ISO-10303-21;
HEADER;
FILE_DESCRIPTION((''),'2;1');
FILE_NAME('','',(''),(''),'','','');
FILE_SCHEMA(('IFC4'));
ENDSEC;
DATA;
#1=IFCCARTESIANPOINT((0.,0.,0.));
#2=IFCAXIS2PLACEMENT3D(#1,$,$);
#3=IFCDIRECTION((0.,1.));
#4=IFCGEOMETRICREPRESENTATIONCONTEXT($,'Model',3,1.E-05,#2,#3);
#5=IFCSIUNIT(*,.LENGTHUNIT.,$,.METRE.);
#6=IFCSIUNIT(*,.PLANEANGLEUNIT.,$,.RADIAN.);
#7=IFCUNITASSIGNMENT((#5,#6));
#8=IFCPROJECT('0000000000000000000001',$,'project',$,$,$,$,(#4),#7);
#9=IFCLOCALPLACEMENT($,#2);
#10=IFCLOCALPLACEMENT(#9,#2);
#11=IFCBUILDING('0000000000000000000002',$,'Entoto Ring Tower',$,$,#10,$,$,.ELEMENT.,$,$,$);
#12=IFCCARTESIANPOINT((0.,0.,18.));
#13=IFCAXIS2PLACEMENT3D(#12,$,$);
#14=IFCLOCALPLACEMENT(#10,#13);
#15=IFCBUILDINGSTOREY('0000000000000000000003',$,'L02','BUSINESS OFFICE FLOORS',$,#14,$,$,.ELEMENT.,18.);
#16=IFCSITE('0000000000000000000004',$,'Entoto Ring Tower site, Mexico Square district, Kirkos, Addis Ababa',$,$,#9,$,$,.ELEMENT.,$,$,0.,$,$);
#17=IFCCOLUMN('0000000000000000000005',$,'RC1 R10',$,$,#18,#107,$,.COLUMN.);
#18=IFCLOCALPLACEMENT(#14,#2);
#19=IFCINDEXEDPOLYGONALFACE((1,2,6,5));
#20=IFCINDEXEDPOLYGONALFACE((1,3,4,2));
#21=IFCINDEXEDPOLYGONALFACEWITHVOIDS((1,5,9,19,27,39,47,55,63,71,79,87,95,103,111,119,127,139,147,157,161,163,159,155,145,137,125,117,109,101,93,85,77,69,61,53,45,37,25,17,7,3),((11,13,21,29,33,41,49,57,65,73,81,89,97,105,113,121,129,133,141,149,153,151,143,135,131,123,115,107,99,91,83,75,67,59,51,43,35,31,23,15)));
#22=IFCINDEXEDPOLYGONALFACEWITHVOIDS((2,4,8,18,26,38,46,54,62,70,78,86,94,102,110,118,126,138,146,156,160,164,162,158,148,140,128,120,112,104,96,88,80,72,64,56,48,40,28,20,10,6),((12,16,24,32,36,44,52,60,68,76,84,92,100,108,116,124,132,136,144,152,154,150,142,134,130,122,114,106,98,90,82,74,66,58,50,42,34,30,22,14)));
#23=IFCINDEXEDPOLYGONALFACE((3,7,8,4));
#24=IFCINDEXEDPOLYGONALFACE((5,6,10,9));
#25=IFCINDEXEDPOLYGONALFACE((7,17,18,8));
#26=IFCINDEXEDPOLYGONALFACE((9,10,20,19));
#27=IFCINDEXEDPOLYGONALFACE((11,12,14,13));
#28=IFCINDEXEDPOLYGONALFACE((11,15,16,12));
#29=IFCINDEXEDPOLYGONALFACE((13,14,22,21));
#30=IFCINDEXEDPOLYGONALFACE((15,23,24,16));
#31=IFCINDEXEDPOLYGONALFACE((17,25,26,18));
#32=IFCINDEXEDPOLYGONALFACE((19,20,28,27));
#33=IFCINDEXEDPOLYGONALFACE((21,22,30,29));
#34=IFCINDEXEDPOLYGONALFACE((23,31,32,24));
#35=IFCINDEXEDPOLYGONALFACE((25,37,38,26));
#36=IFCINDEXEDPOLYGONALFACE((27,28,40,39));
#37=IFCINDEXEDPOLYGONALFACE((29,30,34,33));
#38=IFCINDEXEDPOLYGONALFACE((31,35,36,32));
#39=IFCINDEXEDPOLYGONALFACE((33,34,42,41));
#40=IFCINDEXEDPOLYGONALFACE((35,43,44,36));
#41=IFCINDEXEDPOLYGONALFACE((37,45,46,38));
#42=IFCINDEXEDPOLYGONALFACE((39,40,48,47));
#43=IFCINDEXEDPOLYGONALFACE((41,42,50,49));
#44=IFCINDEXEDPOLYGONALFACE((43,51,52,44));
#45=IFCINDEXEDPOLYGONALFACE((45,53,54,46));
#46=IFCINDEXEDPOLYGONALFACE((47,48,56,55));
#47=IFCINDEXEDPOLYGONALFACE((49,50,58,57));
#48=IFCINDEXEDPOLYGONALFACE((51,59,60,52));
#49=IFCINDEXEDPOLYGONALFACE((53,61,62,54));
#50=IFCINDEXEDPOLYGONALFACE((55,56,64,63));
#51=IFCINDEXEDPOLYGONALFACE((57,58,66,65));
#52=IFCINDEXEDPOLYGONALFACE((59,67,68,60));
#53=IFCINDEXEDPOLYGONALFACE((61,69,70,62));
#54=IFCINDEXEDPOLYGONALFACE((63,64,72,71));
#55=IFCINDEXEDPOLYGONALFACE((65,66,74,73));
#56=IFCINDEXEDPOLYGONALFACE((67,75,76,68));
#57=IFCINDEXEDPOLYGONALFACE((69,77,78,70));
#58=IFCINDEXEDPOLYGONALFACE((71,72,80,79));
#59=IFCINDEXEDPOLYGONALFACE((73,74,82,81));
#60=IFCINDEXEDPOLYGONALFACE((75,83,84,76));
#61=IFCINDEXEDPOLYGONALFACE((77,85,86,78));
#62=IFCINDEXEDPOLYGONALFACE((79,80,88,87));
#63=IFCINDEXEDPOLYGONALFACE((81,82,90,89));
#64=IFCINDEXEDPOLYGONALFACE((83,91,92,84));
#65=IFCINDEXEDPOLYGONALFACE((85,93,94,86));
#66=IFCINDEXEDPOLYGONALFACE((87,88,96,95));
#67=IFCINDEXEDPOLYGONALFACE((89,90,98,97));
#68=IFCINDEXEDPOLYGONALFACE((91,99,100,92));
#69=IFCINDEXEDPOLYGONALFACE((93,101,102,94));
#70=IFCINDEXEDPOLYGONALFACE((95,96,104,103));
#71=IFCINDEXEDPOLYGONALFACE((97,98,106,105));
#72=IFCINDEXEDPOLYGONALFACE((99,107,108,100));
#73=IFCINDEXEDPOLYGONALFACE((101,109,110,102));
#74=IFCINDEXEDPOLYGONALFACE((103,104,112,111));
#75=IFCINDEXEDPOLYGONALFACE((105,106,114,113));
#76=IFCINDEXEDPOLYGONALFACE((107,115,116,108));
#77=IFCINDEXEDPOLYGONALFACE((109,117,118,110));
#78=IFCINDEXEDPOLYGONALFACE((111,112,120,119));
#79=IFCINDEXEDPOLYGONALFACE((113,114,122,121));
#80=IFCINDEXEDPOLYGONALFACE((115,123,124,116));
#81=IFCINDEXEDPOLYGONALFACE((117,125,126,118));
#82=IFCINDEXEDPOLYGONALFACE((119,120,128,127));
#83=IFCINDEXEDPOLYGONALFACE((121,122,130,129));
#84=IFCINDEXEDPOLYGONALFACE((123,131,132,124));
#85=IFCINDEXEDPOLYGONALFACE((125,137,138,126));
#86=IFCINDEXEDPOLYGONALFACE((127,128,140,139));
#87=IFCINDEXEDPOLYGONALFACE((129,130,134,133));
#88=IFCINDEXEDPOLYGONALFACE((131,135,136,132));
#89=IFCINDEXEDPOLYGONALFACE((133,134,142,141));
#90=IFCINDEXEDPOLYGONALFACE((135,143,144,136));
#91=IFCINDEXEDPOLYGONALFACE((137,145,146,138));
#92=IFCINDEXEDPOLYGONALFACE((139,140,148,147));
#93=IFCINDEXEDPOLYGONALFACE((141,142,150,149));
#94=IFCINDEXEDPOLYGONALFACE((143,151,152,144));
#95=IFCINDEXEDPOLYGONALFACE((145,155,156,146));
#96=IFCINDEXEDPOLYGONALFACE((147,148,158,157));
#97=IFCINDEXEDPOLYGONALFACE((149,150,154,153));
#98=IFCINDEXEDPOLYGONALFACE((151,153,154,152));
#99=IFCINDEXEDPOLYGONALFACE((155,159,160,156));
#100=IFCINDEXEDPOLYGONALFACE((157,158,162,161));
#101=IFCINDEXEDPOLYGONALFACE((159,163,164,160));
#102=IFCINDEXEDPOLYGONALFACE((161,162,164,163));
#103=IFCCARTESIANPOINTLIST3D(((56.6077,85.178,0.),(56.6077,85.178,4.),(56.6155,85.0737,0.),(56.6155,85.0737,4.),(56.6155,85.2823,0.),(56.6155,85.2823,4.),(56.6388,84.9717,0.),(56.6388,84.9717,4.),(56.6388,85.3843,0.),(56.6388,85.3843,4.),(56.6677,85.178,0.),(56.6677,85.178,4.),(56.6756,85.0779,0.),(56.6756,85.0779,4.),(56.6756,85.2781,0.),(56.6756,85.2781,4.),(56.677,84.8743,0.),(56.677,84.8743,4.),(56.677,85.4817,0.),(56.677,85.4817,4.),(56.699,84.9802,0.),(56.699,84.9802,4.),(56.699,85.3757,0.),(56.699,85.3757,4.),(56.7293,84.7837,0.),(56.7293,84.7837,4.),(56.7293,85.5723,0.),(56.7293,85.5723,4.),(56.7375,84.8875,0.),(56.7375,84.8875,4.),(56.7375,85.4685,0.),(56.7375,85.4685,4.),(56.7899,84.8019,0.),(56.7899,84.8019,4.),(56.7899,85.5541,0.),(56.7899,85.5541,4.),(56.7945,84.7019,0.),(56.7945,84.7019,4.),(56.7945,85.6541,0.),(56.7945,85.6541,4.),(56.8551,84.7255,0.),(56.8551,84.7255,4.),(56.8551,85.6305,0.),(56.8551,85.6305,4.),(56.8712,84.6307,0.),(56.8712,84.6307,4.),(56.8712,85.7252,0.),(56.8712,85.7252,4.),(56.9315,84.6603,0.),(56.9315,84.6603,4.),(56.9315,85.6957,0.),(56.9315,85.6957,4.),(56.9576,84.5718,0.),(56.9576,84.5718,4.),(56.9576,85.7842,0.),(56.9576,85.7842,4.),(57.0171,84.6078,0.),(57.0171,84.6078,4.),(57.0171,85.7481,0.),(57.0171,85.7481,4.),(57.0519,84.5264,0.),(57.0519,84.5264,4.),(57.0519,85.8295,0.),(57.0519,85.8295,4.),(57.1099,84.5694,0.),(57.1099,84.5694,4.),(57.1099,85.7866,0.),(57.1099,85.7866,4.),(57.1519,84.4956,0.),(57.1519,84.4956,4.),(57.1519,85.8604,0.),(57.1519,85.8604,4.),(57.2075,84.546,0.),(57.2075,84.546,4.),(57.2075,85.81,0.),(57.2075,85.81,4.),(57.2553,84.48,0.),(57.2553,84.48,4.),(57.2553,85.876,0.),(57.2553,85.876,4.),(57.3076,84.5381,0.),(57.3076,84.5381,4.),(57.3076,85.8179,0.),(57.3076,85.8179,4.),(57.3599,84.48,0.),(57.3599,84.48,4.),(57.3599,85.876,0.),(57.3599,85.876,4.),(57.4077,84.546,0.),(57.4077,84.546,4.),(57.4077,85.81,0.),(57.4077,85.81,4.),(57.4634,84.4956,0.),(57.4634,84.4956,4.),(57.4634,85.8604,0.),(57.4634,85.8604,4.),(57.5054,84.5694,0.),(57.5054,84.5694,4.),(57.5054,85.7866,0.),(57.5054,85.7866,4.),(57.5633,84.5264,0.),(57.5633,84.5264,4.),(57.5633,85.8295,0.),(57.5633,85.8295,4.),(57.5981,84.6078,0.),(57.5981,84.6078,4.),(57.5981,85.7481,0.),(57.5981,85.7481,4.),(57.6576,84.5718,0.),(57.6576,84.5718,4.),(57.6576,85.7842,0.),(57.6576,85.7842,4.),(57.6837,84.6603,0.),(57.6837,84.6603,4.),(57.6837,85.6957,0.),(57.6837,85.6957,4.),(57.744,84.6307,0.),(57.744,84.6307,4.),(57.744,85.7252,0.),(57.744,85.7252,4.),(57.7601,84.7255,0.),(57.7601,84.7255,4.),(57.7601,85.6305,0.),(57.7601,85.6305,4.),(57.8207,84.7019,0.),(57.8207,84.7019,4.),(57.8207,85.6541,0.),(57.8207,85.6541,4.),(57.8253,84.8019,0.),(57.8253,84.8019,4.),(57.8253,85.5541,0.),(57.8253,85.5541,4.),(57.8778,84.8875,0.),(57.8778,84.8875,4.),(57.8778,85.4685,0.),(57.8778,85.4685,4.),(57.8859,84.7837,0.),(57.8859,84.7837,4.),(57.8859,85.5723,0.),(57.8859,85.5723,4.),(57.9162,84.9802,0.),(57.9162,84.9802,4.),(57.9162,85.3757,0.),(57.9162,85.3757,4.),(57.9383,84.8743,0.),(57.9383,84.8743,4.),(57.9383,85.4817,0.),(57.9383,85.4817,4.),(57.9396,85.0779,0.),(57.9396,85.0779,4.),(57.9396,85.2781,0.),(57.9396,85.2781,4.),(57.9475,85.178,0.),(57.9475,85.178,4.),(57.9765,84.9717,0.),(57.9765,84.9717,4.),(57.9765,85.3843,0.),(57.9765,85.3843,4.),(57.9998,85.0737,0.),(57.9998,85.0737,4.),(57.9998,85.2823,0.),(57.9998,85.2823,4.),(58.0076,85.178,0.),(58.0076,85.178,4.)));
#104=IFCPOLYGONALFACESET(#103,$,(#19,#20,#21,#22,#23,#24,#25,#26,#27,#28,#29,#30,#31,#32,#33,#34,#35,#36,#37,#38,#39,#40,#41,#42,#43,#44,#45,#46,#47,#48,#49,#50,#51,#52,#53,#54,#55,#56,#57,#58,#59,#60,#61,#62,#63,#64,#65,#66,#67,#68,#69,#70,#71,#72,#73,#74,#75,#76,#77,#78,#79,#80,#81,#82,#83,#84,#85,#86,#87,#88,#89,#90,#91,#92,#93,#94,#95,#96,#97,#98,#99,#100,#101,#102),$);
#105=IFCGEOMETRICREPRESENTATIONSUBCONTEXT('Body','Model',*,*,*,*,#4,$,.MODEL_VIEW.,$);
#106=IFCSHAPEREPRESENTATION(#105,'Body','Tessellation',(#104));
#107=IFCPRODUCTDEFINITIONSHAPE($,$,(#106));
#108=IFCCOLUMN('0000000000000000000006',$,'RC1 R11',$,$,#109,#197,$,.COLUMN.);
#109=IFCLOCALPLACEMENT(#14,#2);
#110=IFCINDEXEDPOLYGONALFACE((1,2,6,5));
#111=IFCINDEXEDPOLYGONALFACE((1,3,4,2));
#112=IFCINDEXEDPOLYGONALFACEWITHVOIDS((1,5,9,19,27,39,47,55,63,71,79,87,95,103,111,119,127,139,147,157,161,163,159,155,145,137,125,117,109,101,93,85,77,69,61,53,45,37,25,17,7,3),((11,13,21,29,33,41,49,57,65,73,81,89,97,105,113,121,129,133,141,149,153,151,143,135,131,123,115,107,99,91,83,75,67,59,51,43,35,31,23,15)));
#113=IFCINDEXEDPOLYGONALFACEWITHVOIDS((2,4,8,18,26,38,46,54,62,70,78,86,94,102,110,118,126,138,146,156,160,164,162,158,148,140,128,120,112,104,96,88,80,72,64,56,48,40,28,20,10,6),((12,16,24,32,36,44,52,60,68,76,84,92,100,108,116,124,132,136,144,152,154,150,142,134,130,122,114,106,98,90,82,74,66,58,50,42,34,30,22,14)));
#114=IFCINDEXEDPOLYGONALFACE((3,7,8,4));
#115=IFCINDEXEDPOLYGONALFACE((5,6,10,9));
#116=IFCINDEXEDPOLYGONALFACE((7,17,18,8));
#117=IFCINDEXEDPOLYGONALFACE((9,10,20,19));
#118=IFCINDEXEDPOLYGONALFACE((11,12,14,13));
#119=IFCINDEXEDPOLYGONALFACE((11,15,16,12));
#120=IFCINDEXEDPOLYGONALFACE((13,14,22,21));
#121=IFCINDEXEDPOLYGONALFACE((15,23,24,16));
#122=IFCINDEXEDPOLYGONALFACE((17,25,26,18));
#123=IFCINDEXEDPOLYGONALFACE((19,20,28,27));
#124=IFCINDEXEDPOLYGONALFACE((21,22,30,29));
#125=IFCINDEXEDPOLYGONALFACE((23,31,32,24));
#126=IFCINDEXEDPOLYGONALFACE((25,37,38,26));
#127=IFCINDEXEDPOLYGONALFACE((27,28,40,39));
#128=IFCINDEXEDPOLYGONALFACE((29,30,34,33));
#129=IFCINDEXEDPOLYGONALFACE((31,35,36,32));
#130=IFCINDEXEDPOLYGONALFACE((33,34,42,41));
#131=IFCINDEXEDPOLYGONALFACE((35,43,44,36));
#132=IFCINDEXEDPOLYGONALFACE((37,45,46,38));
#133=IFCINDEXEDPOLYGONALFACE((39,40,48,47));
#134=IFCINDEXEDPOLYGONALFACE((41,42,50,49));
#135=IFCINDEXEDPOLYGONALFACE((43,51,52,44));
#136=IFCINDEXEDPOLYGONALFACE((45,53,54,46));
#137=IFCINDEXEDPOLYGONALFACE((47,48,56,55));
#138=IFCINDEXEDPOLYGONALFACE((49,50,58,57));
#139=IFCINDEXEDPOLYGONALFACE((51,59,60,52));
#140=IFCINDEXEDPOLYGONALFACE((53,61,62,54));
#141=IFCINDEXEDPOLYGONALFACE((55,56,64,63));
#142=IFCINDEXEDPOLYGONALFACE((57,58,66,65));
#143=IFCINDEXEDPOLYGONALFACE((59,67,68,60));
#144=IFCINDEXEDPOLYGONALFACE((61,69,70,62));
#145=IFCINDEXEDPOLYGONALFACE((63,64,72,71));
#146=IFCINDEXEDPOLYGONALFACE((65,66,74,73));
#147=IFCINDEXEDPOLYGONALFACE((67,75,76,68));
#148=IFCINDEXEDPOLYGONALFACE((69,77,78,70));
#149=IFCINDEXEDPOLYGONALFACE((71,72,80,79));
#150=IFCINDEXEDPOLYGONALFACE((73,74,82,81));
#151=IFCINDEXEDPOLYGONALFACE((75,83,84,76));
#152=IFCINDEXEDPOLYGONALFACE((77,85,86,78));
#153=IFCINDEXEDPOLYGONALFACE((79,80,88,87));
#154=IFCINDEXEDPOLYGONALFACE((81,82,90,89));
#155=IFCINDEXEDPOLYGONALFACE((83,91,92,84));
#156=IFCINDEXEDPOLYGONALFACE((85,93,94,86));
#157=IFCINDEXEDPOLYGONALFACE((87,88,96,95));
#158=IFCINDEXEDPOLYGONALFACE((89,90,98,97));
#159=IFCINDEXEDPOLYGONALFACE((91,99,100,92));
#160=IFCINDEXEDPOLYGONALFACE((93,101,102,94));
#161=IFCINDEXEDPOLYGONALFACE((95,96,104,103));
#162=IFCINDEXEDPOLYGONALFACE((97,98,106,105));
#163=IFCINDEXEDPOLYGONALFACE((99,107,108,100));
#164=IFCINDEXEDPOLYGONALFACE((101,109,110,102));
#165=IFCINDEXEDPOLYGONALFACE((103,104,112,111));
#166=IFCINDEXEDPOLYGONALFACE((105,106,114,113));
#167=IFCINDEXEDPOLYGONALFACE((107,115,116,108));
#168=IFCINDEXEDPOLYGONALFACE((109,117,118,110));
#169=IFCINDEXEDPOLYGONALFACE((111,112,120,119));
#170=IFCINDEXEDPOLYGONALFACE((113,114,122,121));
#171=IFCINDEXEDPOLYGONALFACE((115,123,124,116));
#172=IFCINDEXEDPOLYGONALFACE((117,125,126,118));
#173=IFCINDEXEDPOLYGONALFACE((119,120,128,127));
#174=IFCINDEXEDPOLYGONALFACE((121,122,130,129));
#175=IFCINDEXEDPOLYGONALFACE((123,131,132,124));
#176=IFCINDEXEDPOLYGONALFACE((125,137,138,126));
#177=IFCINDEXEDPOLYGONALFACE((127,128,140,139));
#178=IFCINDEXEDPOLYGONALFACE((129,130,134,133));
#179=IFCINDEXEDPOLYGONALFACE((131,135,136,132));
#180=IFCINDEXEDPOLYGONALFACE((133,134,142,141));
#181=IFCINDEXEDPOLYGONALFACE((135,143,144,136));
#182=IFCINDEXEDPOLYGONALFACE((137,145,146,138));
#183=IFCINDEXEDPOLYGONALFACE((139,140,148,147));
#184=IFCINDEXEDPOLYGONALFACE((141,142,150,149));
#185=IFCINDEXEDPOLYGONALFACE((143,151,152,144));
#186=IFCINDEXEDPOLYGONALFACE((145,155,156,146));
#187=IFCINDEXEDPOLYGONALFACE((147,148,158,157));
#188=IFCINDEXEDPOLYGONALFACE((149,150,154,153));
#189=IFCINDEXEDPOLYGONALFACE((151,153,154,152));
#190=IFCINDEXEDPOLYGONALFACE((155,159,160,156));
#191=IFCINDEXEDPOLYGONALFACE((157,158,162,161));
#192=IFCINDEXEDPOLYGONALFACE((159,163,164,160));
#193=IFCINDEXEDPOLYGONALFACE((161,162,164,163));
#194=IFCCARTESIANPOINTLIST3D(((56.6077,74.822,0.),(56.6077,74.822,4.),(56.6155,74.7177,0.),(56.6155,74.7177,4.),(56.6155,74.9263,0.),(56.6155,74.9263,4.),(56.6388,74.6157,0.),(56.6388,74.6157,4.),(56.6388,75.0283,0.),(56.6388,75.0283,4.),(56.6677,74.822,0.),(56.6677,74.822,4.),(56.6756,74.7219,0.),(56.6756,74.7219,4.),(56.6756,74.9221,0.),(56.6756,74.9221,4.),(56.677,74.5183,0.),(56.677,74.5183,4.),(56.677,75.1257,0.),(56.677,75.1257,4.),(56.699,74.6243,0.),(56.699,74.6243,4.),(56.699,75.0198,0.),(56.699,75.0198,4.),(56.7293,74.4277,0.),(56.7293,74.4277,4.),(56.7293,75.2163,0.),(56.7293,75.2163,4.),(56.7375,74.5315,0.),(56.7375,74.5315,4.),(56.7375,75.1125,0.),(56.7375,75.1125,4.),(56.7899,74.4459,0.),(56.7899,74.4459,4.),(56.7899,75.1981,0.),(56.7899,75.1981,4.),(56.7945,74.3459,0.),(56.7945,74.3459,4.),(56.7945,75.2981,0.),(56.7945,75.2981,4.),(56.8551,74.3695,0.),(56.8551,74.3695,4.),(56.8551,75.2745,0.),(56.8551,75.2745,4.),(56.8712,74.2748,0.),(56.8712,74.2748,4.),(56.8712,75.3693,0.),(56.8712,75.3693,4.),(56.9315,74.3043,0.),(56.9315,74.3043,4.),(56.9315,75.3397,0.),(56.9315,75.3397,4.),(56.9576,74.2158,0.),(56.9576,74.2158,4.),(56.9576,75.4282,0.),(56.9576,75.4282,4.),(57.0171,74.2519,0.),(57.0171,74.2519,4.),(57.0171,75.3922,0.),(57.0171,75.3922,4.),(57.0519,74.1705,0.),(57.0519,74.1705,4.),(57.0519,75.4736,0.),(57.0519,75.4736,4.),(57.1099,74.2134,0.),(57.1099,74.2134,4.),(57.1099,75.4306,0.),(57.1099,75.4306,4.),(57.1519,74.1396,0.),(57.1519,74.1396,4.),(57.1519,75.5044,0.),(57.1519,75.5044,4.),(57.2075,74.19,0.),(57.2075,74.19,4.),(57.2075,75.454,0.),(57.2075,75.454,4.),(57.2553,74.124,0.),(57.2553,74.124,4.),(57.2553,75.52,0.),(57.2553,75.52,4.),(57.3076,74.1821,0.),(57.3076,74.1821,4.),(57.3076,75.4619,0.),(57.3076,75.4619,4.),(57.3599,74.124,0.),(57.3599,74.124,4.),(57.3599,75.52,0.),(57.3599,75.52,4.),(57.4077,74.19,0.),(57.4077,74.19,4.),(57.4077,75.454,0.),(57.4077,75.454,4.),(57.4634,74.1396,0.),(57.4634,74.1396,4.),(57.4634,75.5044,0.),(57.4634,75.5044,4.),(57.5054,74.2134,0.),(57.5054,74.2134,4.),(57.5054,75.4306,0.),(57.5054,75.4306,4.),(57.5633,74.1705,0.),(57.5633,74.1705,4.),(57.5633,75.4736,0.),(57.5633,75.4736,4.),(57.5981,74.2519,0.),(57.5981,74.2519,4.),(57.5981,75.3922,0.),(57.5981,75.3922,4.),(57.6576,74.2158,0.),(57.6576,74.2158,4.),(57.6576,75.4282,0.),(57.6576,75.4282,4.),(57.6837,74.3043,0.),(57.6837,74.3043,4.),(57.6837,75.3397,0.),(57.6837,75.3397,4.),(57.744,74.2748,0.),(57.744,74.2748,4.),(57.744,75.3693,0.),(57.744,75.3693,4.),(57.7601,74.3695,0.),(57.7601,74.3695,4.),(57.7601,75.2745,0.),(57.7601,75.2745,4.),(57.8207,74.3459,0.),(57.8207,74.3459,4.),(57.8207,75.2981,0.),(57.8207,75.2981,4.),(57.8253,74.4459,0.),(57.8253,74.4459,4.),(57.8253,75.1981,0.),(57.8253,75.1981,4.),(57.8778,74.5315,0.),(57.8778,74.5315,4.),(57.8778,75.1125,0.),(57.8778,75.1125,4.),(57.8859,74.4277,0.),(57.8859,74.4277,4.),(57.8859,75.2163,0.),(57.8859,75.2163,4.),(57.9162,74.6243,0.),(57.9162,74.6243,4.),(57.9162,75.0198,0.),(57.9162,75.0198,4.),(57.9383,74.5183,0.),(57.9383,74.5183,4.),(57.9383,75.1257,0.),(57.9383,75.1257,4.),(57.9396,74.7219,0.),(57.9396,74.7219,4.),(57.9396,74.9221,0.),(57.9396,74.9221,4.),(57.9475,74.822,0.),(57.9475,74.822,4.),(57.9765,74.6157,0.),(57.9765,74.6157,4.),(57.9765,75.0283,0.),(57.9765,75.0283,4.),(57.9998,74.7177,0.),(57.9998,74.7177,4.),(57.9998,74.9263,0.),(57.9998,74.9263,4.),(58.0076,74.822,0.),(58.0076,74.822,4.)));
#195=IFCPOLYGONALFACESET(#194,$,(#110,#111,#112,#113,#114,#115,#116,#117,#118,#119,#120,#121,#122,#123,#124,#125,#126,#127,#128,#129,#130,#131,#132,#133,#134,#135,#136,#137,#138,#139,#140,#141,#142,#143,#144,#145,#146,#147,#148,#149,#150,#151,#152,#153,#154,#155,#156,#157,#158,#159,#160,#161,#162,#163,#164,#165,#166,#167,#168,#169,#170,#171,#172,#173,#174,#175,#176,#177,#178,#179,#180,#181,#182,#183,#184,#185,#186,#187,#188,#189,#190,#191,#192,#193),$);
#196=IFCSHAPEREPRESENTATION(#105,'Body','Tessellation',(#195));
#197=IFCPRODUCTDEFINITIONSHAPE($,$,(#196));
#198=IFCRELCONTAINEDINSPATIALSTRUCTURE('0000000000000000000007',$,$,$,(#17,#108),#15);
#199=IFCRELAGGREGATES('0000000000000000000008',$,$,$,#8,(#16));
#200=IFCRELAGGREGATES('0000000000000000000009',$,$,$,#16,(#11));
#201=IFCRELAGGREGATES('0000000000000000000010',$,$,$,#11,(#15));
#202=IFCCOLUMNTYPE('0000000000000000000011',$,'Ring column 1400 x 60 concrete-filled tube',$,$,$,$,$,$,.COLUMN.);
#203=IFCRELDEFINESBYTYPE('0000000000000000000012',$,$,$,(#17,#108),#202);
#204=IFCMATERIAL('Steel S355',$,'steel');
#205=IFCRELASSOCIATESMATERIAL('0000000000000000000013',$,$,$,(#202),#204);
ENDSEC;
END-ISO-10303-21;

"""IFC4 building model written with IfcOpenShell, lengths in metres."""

from ifc_helpers import new_model, si_unit, direction, frame, origin, origin_2d, place, context, subcontext, project, spatial, circle, hollow_circle, extrude, material, material_profile, profile_set, type_object, element, save


model = new_model("IFC4")

# Units and contexts
model_context = context("Model", 3, precision=1e-05, world=origin(), true_north=direction((0.0, 1.0)))
body_context = subcontext(model_context, "Body", "Model", "MODEL_VIEW")
ifc_project = project(units=[si_unit("LENGTHUNIT", "METRE"), si_unit("PLANEANGLEUNIT", "RADIAN")], contexts=[model_context])

# Site, building, storey
site_placement = place(None, origin())
site = spatial("IfcSite", under=ifc_project, at=site_placement, Name="Entoto Ring Tower site, Mexico Square district, Kirkos, Addis Ababa", CompositionType="ELEMENT", RefElevation=0.0)
building_placement = place(site_placement, origin())
building = spatial("IfcBuilding", under=site, at=building_placement, Name="Entoto Ring Tower", CompositionType="ELEMENT")
storey_placement = place(building_placement, frame((0.0, 0.0, 18.0)))
storey = spatial("IfcBuildingStorey", under=building, at=storey_placement, Name="L02", Description="BUSINESS OFFICE FLOORS", CompositionType="ELEMENT", Elevation=18.0)

# Columns
ifc_material_1 = material(Name="Steel S355", Category="steel")
ifc_material_profile_1 = material_profile(ifc_material_1, hollow_circle(Radius=0.7, WallThickness=0.0601, at=origin_2d()), Name="CHS 1400 x 60")
ifc_material_2 = material(Name="Concrete C60/75", Category="concrete")
ifc_material_profile_2 = material_profile(ifc_material_2, circle(Radius=0.6399, at=origin_2d()), Name="Concrete C60/75 infill")
ifc_profile_set_1 = profile_set([ifc_material_profile_1, ifc_material_profile_2], Name="Steel S355")
column_type = type_object("IfcColumnType", Name="Ring column 1400 x 60 concrete-filled tube", PredefinedType="COLUMN", material=ifc_profile_set_1)
for number, where, z_axis, x_axis, name in (
    (1, (57.3076, 85.178, 0.0), (0.0, 0.0, 1.0), (1.0, 0.0, 0.0), "RC1 R10"),
    (2, (57.3076, 74.822, 0.0), (0.0, 0.0, 1.0), (1.0, 0.0, 0.0), "RC1 R11"),
):
    element("IfcColumn", number, at=place(storey_placement, frame(where, z_axis=z_axis, x_axis=x_axis)), inside=storey, type_object=column_type, Name=name, PredefinedType="COLUMN", context=body_context, shape_type="SweptSolid", body=[
        extrude(hollow_circle(Radius=0.7, WallThickness=0.0601, at=origin_2d()), origin(), (0.0, 0.0, 1.0), 4.0),
    ])

save(model, "model.ifc")
